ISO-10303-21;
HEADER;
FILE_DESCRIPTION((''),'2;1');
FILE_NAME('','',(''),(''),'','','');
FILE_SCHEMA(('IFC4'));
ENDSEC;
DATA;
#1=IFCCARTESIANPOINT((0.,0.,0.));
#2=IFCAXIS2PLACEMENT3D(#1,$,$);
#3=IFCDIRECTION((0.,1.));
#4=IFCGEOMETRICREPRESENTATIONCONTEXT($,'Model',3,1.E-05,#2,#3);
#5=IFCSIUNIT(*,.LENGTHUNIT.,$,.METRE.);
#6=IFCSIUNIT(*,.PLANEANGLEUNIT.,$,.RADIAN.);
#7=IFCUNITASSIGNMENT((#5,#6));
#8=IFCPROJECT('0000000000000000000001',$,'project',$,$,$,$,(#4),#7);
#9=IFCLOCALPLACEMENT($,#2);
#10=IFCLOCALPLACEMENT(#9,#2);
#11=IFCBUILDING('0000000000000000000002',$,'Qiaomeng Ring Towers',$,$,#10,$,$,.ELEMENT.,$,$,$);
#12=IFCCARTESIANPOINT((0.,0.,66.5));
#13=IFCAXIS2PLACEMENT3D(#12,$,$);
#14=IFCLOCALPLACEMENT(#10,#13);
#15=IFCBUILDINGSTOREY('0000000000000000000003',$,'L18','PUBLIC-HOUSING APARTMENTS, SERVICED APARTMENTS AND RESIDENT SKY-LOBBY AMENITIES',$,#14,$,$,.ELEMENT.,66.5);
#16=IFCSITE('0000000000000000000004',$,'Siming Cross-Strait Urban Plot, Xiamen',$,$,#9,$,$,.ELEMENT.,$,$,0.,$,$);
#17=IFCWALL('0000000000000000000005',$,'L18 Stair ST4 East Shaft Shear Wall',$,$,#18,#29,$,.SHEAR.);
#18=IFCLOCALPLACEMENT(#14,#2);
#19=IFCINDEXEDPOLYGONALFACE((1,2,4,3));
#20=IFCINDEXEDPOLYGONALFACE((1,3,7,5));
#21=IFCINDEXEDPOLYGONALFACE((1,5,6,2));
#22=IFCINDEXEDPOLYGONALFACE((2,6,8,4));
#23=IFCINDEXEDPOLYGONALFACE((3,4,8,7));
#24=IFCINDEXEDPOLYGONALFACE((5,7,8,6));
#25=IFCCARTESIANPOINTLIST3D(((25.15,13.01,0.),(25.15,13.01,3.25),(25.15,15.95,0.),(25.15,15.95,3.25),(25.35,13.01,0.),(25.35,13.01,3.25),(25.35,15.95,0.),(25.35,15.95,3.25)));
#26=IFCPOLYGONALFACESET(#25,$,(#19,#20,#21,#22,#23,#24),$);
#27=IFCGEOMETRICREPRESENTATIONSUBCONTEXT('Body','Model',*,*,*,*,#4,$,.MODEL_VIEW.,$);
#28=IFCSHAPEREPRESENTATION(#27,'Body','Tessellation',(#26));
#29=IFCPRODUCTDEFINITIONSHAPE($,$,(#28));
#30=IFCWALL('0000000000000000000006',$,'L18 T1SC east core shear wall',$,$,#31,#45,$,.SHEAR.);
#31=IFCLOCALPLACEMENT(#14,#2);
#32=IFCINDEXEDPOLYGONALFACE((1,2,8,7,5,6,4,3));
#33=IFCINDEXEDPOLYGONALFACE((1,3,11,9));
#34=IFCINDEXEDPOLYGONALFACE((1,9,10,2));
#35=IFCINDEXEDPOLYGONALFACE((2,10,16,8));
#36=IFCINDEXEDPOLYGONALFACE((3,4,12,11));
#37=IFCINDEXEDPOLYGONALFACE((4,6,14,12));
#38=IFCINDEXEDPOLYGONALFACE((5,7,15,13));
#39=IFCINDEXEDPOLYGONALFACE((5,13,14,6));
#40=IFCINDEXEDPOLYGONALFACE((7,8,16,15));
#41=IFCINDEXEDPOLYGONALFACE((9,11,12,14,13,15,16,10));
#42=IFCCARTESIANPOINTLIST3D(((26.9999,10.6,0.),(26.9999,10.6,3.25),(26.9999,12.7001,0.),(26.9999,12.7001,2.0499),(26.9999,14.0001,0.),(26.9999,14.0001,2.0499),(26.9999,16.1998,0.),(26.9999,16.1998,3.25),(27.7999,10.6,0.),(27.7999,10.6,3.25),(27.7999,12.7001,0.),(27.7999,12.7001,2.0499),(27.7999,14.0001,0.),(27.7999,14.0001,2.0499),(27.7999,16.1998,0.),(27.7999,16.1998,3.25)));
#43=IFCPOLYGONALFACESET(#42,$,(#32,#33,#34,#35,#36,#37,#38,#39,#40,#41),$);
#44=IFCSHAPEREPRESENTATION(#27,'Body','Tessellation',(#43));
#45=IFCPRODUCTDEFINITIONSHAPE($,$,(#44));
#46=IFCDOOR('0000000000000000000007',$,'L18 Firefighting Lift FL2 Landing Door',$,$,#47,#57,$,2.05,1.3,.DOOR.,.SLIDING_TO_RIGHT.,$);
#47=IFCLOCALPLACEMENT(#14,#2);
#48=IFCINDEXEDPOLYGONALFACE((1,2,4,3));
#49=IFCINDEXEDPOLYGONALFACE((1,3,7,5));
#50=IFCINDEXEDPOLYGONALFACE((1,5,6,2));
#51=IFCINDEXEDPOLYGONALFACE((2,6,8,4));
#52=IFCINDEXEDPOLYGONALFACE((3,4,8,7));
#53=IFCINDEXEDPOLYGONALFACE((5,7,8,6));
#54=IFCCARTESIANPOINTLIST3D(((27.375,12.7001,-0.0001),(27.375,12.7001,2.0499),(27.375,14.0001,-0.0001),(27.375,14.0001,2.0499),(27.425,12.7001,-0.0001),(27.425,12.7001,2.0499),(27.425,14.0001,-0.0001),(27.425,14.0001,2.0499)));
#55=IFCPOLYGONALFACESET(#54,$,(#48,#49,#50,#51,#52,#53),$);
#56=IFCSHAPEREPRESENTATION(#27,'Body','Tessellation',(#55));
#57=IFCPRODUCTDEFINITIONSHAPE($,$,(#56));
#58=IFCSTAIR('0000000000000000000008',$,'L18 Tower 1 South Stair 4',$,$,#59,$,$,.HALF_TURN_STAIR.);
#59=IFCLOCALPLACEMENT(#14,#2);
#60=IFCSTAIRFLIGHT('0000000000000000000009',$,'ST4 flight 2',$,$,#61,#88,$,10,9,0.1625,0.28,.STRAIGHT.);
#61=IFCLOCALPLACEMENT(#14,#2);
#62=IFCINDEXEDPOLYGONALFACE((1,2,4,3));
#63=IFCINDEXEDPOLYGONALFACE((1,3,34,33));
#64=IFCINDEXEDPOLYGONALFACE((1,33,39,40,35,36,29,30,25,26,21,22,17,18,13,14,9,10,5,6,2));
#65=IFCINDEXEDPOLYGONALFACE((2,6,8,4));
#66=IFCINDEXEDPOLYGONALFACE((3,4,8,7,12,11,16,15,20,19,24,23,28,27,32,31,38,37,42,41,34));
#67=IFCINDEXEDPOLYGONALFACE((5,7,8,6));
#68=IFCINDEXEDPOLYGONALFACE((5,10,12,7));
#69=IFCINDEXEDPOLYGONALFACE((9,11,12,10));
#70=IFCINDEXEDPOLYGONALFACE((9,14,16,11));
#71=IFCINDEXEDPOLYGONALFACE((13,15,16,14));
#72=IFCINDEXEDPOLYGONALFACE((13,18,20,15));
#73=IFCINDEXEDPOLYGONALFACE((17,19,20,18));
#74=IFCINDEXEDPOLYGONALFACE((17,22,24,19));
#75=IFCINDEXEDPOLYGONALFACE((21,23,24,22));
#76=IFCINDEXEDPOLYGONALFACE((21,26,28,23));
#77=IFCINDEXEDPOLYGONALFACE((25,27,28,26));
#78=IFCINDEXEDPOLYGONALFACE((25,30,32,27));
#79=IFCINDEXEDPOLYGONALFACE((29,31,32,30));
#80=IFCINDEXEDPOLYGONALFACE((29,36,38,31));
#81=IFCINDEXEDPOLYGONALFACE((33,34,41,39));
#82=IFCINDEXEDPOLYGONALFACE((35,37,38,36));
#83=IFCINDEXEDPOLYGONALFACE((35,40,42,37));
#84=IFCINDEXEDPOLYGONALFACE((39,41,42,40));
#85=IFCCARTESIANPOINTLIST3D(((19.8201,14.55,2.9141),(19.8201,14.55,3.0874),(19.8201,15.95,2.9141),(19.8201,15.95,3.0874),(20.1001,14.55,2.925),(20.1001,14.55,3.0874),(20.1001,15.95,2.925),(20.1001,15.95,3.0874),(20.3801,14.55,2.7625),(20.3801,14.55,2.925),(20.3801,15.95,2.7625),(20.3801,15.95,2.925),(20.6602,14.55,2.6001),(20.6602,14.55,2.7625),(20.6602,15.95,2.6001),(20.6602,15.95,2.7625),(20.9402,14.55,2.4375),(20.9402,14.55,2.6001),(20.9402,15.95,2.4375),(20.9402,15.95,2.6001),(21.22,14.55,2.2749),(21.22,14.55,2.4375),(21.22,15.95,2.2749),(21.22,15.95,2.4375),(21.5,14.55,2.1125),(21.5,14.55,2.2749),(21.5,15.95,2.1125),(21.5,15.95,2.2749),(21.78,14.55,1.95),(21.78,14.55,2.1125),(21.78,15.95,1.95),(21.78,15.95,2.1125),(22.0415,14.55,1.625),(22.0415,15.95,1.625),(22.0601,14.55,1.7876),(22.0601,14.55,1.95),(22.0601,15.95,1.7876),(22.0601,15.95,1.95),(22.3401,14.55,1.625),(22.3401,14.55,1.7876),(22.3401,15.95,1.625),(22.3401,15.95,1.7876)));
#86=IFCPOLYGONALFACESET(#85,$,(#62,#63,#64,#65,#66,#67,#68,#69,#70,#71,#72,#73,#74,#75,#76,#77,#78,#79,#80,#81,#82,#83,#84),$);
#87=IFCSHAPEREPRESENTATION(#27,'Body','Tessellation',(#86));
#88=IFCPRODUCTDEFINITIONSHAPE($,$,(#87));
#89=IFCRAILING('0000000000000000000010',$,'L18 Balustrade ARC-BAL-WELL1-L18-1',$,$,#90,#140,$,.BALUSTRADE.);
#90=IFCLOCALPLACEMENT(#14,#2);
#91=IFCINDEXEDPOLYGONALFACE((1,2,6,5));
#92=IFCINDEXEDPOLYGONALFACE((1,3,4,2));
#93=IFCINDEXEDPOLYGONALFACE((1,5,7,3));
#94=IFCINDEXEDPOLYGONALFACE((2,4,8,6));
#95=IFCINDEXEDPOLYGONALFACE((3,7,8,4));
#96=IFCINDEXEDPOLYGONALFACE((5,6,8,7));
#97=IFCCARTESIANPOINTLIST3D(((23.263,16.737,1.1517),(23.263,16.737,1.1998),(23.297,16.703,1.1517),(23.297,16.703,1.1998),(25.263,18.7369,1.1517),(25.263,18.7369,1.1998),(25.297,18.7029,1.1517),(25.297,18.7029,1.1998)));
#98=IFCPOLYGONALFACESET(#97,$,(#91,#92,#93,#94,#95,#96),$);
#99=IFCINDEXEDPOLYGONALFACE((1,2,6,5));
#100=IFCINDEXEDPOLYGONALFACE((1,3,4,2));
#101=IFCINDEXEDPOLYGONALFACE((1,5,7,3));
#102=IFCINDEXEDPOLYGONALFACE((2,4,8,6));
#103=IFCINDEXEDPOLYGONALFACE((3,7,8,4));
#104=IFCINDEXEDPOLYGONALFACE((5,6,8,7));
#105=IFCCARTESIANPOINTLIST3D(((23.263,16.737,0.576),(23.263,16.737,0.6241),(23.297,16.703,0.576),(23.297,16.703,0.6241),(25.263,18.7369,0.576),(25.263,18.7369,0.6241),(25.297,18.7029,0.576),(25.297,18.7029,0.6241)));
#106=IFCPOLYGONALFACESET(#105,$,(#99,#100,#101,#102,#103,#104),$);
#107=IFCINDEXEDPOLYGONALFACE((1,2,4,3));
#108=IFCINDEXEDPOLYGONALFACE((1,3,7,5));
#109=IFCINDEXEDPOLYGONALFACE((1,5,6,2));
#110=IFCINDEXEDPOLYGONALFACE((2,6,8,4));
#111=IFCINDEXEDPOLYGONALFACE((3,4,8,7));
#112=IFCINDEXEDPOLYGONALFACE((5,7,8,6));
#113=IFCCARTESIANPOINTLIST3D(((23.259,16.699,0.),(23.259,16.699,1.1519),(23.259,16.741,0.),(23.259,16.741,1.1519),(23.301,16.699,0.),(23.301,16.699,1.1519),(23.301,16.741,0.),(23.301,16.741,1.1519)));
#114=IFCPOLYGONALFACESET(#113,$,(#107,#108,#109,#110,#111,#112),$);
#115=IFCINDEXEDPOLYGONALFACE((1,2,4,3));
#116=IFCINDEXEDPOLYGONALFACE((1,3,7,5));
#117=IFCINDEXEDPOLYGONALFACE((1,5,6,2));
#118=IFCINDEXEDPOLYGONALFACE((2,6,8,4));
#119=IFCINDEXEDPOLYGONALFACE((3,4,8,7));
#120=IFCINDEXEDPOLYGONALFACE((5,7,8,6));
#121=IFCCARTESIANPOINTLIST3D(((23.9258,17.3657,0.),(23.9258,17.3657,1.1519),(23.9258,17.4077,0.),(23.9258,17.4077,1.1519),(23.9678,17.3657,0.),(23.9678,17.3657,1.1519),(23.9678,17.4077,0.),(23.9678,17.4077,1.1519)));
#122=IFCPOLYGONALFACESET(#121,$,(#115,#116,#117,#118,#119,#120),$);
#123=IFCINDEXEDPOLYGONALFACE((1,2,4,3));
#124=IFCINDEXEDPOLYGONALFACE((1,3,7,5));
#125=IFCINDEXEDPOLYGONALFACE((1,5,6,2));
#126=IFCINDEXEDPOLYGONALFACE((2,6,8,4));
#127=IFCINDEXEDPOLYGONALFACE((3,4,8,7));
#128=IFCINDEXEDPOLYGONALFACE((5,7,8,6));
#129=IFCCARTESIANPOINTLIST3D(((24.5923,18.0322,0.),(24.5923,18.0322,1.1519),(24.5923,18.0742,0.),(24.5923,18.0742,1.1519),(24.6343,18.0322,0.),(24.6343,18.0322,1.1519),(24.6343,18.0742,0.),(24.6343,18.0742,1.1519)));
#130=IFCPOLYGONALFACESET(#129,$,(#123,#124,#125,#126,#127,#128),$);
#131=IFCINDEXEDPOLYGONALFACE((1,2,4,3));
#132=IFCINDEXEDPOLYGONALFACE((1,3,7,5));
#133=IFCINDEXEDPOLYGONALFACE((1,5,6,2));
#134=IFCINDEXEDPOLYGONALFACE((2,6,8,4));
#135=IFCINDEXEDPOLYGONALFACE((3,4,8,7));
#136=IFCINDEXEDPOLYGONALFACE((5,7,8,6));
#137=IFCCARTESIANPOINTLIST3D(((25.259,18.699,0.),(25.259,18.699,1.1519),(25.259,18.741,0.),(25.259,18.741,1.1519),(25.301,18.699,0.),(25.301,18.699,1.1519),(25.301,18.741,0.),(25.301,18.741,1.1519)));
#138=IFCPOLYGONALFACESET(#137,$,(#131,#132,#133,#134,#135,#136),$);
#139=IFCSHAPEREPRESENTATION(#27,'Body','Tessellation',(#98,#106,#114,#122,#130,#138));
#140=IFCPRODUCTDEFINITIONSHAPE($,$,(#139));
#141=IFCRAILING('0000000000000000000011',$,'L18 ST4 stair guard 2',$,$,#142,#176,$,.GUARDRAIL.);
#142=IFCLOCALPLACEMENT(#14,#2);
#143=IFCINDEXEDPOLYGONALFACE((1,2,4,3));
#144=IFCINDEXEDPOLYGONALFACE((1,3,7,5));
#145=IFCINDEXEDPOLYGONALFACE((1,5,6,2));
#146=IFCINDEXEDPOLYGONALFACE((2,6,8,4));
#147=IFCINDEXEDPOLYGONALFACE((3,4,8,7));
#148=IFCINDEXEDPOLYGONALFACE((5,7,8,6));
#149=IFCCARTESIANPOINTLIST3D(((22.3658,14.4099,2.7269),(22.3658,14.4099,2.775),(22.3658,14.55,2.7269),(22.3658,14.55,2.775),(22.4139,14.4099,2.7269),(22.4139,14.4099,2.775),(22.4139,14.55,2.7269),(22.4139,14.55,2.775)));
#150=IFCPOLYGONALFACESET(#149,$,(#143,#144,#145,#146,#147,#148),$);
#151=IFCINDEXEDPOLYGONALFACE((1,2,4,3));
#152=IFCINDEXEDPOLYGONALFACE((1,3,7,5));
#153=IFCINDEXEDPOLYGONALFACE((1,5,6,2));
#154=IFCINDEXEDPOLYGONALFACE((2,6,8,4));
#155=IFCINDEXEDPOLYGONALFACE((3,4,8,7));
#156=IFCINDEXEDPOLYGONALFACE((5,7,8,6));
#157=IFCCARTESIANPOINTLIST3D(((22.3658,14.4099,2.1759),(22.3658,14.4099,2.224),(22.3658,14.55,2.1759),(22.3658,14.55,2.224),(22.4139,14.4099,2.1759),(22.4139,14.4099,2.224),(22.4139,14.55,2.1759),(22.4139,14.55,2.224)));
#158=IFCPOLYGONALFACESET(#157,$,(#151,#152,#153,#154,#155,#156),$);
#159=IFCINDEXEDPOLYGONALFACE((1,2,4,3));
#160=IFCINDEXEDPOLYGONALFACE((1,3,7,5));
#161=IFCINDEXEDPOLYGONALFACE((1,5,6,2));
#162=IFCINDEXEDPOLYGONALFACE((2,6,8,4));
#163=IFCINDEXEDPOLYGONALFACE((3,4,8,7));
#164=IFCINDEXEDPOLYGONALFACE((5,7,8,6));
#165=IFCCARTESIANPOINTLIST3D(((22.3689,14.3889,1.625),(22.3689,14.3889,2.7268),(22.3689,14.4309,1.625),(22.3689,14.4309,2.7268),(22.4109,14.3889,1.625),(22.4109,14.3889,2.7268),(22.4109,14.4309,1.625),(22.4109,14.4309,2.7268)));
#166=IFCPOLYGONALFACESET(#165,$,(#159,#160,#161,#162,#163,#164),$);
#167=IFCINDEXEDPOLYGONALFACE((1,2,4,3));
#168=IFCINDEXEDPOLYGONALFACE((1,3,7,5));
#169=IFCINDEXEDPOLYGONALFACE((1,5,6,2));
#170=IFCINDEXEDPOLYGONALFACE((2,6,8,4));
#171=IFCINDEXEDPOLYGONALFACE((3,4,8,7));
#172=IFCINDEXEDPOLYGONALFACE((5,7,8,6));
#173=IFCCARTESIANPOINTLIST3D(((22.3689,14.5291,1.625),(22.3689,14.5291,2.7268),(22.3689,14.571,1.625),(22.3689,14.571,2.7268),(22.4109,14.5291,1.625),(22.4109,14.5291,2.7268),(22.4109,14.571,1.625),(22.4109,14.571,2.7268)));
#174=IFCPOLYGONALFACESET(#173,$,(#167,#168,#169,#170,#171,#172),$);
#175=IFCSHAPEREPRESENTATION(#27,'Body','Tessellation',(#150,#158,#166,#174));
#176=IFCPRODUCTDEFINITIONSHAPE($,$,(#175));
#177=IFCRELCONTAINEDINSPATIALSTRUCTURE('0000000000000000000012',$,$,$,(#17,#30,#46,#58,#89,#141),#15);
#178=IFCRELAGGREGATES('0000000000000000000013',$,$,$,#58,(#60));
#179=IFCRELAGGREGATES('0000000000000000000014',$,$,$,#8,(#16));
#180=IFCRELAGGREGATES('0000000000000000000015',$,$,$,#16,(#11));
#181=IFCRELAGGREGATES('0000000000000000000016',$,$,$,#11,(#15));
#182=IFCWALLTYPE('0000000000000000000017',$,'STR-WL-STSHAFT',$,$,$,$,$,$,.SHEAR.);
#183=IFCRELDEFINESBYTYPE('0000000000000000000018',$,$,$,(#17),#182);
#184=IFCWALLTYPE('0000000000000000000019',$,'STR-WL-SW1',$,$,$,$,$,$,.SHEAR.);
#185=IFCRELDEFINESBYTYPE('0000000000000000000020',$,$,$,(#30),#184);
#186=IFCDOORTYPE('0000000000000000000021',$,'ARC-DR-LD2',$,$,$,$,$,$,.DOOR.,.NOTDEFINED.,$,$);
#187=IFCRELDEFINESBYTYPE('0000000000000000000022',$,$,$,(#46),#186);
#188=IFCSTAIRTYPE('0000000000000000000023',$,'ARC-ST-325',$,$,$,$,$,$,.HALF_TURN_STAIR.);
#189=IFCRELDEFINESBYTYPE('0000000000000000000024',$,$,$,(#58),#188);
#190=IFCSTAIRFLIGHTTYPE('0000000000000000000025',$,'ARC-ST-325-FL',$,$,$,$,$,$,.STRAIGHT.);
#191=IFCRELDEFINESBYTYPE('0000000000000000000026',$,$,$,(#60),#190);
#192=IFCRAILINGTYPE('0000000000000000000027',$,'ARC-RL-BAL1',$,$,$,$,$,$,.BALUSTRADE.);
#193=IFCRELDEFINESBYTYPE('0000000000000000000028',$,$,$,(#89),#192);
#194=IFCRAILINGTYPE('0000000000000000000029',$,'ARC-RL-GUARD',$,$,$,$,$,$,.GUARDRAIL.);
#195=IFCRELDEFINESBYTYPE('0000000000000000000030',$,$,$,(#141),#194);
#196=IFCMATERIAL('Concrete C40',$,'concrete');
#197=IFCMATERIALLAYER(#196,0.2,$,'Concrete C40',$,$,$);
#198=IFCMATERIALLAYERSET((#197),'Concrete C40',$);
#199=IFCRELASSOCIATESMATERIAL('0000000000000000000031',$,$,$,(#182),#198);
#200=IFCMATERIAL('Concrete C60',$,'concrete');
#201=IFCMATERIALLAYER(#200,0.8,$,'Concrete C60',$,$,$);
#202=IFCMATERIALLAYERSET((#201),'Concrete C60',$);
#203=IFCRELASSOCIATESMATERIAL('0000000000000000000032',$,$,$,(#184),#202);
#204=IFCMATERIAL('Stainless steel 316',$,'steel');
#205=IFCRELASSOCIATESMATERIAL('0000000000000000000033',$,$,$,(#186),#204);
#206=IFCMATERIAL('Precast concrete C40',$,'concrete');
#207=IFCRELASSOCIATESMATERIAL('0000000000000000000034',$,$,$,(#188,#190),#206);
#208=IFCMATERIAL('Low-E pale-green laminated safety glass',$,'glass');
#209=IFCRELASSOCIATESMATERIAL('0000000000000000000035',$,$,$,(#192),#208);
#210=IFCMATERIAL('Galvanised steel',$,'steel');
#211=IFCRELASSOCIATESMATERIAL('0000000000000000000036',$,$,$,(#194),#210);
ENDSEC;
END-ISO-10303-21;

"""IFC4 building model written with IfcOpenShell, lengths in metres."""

from ifc_helpers import new_model, si_unit, direction, frame, frame_2d, origin, origin_2d, place, context, subcontext, project, spatial, polyline, rectangle, outline, extrude, source, transform, mapped, material, layer, layer_set, type_object, element, fill, aggregate, save


model = new_model("IFC4")

# Units and contexts
model_context = context("Model", 3, precision=1e-05, world=origin(), true_north=direction((0.0, 1.0)))
body_context = subcontext(model_context, "Body", "Model", "MODEL_VIEW")
ifc_project = project(units=[si_unit("LENGTHUNIT", "METRE"), si_unit("PLANEANGLEUNIT", "RADIAN")], contexts=[model_context])

# Site, building, storey
site_placement = place(None, origin())
site = spatial("IfcSite", under=ifc_project, at=site_placement, Name="Siming Cross-Strait Urban Plot, Xiamen", CompositionType="ELEMENT", RefElevation=0.0)
building_placement = place(site_placement, origin())
building = spatial("IfcBuilding", under=site, at=building_placement, Name="Qiaomeng Ring Towers", CompositionType="ELEMENT")
storey_placement = place(building_placement, frame((0.0, 0.0, 66.5)))
storey = spatial("IfcBuildingStorey", under=building, at=storey_placement, Name="L18", Description="PUBLIC-HOUSING APARTMENTS, SERVICED APARTMENTS AND RESIDENT SKY-LOBBY AMENITIES", CompositionType="ELEMENT", Elevation=66.5)

# Shared definitions
ifc_material_1 = material(Name="Galvanised steel", Category="steel")

# Wall
ifc_material_2 = material(Name="Concrete C40", Category="concrete")
ifc_layer_1 = layer(ifc_material_2, 0.2, Name="Concrete C40")
ifc_layer_set_1 = layer_set([ifc_layer_1], Name="Concrete C40")
wall_type_1 = type_object("IfcWallType", Name="STR-WL-STSHAFT", PredefinedType="SHEAR", material=ifc_layer_set_1)
wall_1_placement = place(storey_placement, frame((25.25, 13.01, 0.0), z_axis=(0.0, 0.0, 1.0), x_axis=(0.0, 1.0, 0.0)))
element("IfcWall", 1, at=wall_1_placement, inside=storey, type_object=wall_type_1, Name="L18 Stair ST4 East Shaft Shear Wall", PredefinedType="SHEAR", context=body_context, shape_type="SweptSolid", body=[
    extrude(rectangle(XDim=2.9399, YDim=0.2, at=frame_2d((1.47, 0.0))), origin(), (0.0, 0.0, 1.0), 3.25),
])

# Wall, opening, door
ifc_material_3 = material(Name="Concrete C60", Category="concrete")
ifc_layer_2 = layer(ifc_material_3, 0.8, Name="Concrete C60")
ifc_layer_set_2 = layer_set([ifc_layer_2], Name="Concrete C60")
wall_type_2 = type_object("IfcWallType", Name="STR-WL-SW1", PredefinedType="SHEAR", material=ifc_layer_set_2)
wall_2_placement = place(storey_placement, frame((27.3999, 10.6001, 0.0), z_axis=(0.0, 0.0, 1.0), x_axis=(0.0, 1.0, 0.0)))
wall_2 = element("IfcWall", 2, at=wall_2_placement, inside=storey, type_object=wall_type_2, Name="L18 T1SC east core shear wall", PredefinedType="SHEAR", context=body_context, shape_type="SweptSolid", body=[
    extrude(rectangle(XDim=5.5999, YDim=0.8, at=frame_2d((2.7998, 0.0))), origin(), (0.0, 0.0, 1.0), 3.25),
])
opening_1_placement = place(wall_2_placement, frame((2.1001, 0.0, 0.0)))
opening_1 = element("IfcOpeningElement", 3, at=opening_1_placement, cuts=wall_2, PredefinedType="OPENING", context=body_context, shape_type="SweptSolid", body=[
    extrude(rectangle(XDim=1.3, YDim=2.05, at=frame_2d((0.6499, 1.0249))), frame((0.0, 0.4099, 0.0), z_axis=(0.0, -1.0, 0.0), x_axis=(1.0, 0.0, 0.0)), (0.0, 0.0, 1.0), 0.8201),
])
ifc_material_4 = material(Name="Stainless steel 316", Category="steel")
door_type_1 = type_object("IfcDoorType", Name="ARC-DR-LD2", OperationType="NOTDEFINED", PredefinedType="DOOR", material=ifc_material_4)
shared_shape_1 = source(origin(), body_context, "Body", "SweptSolid", [
    extrude(rectangle(XDim=1.3, YDim=2.05, at=frame_2d((0.6499, 1.0249))), frame((0.0, 0.0249, 0.0), z_axis=(0.0, -1.0, 0.0), x_axis=(1.0, 0.0, 0.0)), (0.0, 0.0, 1.0), 0.05),
])
door_1_placement = place(opening_1_placement, origin())
door_1 = element("IfcDoor", 4, at=door_1_placement, inside=storey, type_object=door_type_1, Name="L18 Firefighting Lift FL2 Landing Door", OperationType="SLIDING_TO_RIGHT", OverallHeight=2.05, OverallWidth=1.3, PredefinedType="DOOR", context=body_context, shape_type="MappedRepresentation", body=[
    mapped(shared_shape_1, transform((0.0, 0.0, 0.0), x_axis=(1.0, 0.0, 0.0), y_axis=(0.0, 1.0, 0.0), z_axis=(0.0, 0.0, 1.0), scale=1.0)),
])
fill(opening_1, door_1)

# Stair, stair flight
ifc_material_5 = material(Name="Precast concrete C40", Category="concrete")
stair_type = type_object("IfcStairType", Name="ARC-ST-325", PredefinedType="HALF_TURN_STAIR", material=ifc_material_5)
stair_placement = place(storey_placement, origin())
stair = element("IfcStair", 5, at=stair_placement, inside=storey, type_object=stair_type, Name="L18 Tower 1 South Stair 4", PredefinedType="HALF_TURN_STAIR")
stair_flight_type = type_object("IfcStairFlightType", Name="ARC-ST-325-FL", PredefinedType="STRAIGHT", material=ifc_material_5)
shared_shape_2 = source(origin(), body_context, "Body", "SweptSolid", [
    extrude(outline(polyline([(0.0, 0.0), (0.0, 0.1626), (0.28, 0.1626), (0.28, 0.325), (0.5601, 0.325), (0.5601, 0.4875), (0.8401, 0.4875), (0.8401, 0.6499), (1.1201, 0.6499), (1.1201, 0.8125), (1.3999, 0.8125), (1.3999, 0.9751), (1.6799, 0.9751), (1.6799, 1.1375), (1.96, 1.1375), (1.96, 1.3), (2.24, 1.3), (2.24, 1.4624), (2.52, 1.4624), (2.52, 1.625), (2.52, 1.2891), (0.2986, 0.0), (0.0, 0.0)])), frame((0.0, 0.7, 0.0), z_axis=(0.0, -1.0, 0.0), x_axis=(1.0, 0.0, 0.0)), (0.0, 0.0, 1.0), 1.3999),
])
stair_flight_placement = place(storey_placement, frame((22.3401, 15.25, 1.625), z_axis=(0.0, 0.0, 1.0), x_axis=(-1.0, 0.0, 0.0)))
stair_flight = element("IfcStairFlight", 6, at=stair_flight_placement, type_object=stair_flight_type, Name="ST4 flight 2", NumberOfRisers=10, NumberOfTreads=9, PredefinedType="STRAIGHT", RiserHeight=0.1625, TreadLength=0.28, context=body_context, shape_type="MappedRepresentation", body=[
    mapped(shared_shape_2, transform((0.0, 0.0, 0.0), x_axis=(1.0, 0.0, 0.0), y_axis=(0.0, 1.0, 0.0), z_axis=(0.0, 0.0, 1.0), scale=1.0)),
])
aggregate(stair, [stair_flight])

# Railings
ifc_material_6 = material(Name="Low-E pale-green laminated safety glass", Category="glass")
railing_type_1 = type_object("IfcRailingType", Name="ARC-RL-BAL1", PredefinedType="BALUSTRADE", material=ifc_material_6)
railing_1_placement = place(storey_placement, frame((23.28, 16.72, 0.0)))
element("IfcRailing", 7, at=railing_1_placement, inside=storey, type_object=railing_type_1, Name="L18 Balustrade ARC-BAL-WELL1-L18-1", PredefinedType="BALUSTRADE", context=body_context, shape_type="SweptSolid", body=[
    extrude(rectangle(XDim=0.0481, YDim=0.0481, at=origin_2d()), frame((0.0, 0.0, 1.1758), z_axis=(0.707107, 0.707107, 0.0), x_axis=(-0.707107, 0.707107, 0.0)), (0.0, 0.0, 1.0), 2.8284),
    extrude(rectangle(XDim=0.0481, YDim=0.0481, at=origin_2d()), frame((0.0, 0.0, 0.6001), z_axis=(0.707107, 0.707107, 0.0), x_axis=(-0.707107, 0.707107, 0.0)), (0.0, 0.0, 1.0), 2.8284),
    extrude(rectangle(XDim=0.042, YDim=0.042, at=origin_2d()), origin(), (0.0, 0.0, 1.0), 1.1519),
    extrude(rectangle(XDim=0.042, YDim=0.042, at=origin_2d()), frame((0.6667, 0.6667, 0.0)), (0.0, 0.0, 1.0), 1.1519),
    extrude(rectangle(XDim=0.042, YDim=0.042, at=origin_2d()), frame((1.3333, 1.3333, 0.0)), (0.0, 0.0, 1.0), 1.1519),
    extrude(rectangle(XDim=0.042, YDim=0.042, at=origin_2d()), frame((2.0, 2.0, 0.0)), (0.0, 0.0, 1.0), 1.1519),
])
railing_type_2 = type_object("IfcRailingType", Name="ARC-RL-GUARD", PredefinedType="GUARDRAIL", material=ifc_material_1)
railing_2_placement = place(storey_placement, frame((22.3899, 14.4099, 1.625)))
element("IfcRailing", 8, at=railing_2_placement, inside=storey, type_object=railing_type_2, Name="L18 ST4 stair guard 2", PredefinedType="GUARDRAIL", context=body_context, shape_type="SweptSolid", body=[
    extrude(rectangle(XDim=0.0481, YDim=0.0481, at=origin_2d()), frame((0.0, 0.0, 1.126), z_axis=(0.0, 1.0, 0.0), x_axis=(-1.0, 0.0, 0.0)), (0.0, 0.0, 1.0), 0.1401),
    extrude(rectangle(XDim=0.0481, YDim=0.0481, at=origin_2d()), frame((0.0, 0.0, 0.575), z_axis=(0.0, 1.0, 0.0), x_axis=(-1.0, 0.0, 0.0)), (0.0, 0.0, 1.0), 0.1401),
    extrude(rectangle(XDim=0.042, YDim=0.042, at=origin_2d()), origin(), (0.0, 0.0, 1.0), 1.1018),
    extrude(rectangle(XDim=0.042, YDim=0.042, at=origin_2d()), frame((0.0, 0.1401, 0.0)), (0.0, 0.0, 1.0), 1.1018),
])

save(model, "model.ifc")
